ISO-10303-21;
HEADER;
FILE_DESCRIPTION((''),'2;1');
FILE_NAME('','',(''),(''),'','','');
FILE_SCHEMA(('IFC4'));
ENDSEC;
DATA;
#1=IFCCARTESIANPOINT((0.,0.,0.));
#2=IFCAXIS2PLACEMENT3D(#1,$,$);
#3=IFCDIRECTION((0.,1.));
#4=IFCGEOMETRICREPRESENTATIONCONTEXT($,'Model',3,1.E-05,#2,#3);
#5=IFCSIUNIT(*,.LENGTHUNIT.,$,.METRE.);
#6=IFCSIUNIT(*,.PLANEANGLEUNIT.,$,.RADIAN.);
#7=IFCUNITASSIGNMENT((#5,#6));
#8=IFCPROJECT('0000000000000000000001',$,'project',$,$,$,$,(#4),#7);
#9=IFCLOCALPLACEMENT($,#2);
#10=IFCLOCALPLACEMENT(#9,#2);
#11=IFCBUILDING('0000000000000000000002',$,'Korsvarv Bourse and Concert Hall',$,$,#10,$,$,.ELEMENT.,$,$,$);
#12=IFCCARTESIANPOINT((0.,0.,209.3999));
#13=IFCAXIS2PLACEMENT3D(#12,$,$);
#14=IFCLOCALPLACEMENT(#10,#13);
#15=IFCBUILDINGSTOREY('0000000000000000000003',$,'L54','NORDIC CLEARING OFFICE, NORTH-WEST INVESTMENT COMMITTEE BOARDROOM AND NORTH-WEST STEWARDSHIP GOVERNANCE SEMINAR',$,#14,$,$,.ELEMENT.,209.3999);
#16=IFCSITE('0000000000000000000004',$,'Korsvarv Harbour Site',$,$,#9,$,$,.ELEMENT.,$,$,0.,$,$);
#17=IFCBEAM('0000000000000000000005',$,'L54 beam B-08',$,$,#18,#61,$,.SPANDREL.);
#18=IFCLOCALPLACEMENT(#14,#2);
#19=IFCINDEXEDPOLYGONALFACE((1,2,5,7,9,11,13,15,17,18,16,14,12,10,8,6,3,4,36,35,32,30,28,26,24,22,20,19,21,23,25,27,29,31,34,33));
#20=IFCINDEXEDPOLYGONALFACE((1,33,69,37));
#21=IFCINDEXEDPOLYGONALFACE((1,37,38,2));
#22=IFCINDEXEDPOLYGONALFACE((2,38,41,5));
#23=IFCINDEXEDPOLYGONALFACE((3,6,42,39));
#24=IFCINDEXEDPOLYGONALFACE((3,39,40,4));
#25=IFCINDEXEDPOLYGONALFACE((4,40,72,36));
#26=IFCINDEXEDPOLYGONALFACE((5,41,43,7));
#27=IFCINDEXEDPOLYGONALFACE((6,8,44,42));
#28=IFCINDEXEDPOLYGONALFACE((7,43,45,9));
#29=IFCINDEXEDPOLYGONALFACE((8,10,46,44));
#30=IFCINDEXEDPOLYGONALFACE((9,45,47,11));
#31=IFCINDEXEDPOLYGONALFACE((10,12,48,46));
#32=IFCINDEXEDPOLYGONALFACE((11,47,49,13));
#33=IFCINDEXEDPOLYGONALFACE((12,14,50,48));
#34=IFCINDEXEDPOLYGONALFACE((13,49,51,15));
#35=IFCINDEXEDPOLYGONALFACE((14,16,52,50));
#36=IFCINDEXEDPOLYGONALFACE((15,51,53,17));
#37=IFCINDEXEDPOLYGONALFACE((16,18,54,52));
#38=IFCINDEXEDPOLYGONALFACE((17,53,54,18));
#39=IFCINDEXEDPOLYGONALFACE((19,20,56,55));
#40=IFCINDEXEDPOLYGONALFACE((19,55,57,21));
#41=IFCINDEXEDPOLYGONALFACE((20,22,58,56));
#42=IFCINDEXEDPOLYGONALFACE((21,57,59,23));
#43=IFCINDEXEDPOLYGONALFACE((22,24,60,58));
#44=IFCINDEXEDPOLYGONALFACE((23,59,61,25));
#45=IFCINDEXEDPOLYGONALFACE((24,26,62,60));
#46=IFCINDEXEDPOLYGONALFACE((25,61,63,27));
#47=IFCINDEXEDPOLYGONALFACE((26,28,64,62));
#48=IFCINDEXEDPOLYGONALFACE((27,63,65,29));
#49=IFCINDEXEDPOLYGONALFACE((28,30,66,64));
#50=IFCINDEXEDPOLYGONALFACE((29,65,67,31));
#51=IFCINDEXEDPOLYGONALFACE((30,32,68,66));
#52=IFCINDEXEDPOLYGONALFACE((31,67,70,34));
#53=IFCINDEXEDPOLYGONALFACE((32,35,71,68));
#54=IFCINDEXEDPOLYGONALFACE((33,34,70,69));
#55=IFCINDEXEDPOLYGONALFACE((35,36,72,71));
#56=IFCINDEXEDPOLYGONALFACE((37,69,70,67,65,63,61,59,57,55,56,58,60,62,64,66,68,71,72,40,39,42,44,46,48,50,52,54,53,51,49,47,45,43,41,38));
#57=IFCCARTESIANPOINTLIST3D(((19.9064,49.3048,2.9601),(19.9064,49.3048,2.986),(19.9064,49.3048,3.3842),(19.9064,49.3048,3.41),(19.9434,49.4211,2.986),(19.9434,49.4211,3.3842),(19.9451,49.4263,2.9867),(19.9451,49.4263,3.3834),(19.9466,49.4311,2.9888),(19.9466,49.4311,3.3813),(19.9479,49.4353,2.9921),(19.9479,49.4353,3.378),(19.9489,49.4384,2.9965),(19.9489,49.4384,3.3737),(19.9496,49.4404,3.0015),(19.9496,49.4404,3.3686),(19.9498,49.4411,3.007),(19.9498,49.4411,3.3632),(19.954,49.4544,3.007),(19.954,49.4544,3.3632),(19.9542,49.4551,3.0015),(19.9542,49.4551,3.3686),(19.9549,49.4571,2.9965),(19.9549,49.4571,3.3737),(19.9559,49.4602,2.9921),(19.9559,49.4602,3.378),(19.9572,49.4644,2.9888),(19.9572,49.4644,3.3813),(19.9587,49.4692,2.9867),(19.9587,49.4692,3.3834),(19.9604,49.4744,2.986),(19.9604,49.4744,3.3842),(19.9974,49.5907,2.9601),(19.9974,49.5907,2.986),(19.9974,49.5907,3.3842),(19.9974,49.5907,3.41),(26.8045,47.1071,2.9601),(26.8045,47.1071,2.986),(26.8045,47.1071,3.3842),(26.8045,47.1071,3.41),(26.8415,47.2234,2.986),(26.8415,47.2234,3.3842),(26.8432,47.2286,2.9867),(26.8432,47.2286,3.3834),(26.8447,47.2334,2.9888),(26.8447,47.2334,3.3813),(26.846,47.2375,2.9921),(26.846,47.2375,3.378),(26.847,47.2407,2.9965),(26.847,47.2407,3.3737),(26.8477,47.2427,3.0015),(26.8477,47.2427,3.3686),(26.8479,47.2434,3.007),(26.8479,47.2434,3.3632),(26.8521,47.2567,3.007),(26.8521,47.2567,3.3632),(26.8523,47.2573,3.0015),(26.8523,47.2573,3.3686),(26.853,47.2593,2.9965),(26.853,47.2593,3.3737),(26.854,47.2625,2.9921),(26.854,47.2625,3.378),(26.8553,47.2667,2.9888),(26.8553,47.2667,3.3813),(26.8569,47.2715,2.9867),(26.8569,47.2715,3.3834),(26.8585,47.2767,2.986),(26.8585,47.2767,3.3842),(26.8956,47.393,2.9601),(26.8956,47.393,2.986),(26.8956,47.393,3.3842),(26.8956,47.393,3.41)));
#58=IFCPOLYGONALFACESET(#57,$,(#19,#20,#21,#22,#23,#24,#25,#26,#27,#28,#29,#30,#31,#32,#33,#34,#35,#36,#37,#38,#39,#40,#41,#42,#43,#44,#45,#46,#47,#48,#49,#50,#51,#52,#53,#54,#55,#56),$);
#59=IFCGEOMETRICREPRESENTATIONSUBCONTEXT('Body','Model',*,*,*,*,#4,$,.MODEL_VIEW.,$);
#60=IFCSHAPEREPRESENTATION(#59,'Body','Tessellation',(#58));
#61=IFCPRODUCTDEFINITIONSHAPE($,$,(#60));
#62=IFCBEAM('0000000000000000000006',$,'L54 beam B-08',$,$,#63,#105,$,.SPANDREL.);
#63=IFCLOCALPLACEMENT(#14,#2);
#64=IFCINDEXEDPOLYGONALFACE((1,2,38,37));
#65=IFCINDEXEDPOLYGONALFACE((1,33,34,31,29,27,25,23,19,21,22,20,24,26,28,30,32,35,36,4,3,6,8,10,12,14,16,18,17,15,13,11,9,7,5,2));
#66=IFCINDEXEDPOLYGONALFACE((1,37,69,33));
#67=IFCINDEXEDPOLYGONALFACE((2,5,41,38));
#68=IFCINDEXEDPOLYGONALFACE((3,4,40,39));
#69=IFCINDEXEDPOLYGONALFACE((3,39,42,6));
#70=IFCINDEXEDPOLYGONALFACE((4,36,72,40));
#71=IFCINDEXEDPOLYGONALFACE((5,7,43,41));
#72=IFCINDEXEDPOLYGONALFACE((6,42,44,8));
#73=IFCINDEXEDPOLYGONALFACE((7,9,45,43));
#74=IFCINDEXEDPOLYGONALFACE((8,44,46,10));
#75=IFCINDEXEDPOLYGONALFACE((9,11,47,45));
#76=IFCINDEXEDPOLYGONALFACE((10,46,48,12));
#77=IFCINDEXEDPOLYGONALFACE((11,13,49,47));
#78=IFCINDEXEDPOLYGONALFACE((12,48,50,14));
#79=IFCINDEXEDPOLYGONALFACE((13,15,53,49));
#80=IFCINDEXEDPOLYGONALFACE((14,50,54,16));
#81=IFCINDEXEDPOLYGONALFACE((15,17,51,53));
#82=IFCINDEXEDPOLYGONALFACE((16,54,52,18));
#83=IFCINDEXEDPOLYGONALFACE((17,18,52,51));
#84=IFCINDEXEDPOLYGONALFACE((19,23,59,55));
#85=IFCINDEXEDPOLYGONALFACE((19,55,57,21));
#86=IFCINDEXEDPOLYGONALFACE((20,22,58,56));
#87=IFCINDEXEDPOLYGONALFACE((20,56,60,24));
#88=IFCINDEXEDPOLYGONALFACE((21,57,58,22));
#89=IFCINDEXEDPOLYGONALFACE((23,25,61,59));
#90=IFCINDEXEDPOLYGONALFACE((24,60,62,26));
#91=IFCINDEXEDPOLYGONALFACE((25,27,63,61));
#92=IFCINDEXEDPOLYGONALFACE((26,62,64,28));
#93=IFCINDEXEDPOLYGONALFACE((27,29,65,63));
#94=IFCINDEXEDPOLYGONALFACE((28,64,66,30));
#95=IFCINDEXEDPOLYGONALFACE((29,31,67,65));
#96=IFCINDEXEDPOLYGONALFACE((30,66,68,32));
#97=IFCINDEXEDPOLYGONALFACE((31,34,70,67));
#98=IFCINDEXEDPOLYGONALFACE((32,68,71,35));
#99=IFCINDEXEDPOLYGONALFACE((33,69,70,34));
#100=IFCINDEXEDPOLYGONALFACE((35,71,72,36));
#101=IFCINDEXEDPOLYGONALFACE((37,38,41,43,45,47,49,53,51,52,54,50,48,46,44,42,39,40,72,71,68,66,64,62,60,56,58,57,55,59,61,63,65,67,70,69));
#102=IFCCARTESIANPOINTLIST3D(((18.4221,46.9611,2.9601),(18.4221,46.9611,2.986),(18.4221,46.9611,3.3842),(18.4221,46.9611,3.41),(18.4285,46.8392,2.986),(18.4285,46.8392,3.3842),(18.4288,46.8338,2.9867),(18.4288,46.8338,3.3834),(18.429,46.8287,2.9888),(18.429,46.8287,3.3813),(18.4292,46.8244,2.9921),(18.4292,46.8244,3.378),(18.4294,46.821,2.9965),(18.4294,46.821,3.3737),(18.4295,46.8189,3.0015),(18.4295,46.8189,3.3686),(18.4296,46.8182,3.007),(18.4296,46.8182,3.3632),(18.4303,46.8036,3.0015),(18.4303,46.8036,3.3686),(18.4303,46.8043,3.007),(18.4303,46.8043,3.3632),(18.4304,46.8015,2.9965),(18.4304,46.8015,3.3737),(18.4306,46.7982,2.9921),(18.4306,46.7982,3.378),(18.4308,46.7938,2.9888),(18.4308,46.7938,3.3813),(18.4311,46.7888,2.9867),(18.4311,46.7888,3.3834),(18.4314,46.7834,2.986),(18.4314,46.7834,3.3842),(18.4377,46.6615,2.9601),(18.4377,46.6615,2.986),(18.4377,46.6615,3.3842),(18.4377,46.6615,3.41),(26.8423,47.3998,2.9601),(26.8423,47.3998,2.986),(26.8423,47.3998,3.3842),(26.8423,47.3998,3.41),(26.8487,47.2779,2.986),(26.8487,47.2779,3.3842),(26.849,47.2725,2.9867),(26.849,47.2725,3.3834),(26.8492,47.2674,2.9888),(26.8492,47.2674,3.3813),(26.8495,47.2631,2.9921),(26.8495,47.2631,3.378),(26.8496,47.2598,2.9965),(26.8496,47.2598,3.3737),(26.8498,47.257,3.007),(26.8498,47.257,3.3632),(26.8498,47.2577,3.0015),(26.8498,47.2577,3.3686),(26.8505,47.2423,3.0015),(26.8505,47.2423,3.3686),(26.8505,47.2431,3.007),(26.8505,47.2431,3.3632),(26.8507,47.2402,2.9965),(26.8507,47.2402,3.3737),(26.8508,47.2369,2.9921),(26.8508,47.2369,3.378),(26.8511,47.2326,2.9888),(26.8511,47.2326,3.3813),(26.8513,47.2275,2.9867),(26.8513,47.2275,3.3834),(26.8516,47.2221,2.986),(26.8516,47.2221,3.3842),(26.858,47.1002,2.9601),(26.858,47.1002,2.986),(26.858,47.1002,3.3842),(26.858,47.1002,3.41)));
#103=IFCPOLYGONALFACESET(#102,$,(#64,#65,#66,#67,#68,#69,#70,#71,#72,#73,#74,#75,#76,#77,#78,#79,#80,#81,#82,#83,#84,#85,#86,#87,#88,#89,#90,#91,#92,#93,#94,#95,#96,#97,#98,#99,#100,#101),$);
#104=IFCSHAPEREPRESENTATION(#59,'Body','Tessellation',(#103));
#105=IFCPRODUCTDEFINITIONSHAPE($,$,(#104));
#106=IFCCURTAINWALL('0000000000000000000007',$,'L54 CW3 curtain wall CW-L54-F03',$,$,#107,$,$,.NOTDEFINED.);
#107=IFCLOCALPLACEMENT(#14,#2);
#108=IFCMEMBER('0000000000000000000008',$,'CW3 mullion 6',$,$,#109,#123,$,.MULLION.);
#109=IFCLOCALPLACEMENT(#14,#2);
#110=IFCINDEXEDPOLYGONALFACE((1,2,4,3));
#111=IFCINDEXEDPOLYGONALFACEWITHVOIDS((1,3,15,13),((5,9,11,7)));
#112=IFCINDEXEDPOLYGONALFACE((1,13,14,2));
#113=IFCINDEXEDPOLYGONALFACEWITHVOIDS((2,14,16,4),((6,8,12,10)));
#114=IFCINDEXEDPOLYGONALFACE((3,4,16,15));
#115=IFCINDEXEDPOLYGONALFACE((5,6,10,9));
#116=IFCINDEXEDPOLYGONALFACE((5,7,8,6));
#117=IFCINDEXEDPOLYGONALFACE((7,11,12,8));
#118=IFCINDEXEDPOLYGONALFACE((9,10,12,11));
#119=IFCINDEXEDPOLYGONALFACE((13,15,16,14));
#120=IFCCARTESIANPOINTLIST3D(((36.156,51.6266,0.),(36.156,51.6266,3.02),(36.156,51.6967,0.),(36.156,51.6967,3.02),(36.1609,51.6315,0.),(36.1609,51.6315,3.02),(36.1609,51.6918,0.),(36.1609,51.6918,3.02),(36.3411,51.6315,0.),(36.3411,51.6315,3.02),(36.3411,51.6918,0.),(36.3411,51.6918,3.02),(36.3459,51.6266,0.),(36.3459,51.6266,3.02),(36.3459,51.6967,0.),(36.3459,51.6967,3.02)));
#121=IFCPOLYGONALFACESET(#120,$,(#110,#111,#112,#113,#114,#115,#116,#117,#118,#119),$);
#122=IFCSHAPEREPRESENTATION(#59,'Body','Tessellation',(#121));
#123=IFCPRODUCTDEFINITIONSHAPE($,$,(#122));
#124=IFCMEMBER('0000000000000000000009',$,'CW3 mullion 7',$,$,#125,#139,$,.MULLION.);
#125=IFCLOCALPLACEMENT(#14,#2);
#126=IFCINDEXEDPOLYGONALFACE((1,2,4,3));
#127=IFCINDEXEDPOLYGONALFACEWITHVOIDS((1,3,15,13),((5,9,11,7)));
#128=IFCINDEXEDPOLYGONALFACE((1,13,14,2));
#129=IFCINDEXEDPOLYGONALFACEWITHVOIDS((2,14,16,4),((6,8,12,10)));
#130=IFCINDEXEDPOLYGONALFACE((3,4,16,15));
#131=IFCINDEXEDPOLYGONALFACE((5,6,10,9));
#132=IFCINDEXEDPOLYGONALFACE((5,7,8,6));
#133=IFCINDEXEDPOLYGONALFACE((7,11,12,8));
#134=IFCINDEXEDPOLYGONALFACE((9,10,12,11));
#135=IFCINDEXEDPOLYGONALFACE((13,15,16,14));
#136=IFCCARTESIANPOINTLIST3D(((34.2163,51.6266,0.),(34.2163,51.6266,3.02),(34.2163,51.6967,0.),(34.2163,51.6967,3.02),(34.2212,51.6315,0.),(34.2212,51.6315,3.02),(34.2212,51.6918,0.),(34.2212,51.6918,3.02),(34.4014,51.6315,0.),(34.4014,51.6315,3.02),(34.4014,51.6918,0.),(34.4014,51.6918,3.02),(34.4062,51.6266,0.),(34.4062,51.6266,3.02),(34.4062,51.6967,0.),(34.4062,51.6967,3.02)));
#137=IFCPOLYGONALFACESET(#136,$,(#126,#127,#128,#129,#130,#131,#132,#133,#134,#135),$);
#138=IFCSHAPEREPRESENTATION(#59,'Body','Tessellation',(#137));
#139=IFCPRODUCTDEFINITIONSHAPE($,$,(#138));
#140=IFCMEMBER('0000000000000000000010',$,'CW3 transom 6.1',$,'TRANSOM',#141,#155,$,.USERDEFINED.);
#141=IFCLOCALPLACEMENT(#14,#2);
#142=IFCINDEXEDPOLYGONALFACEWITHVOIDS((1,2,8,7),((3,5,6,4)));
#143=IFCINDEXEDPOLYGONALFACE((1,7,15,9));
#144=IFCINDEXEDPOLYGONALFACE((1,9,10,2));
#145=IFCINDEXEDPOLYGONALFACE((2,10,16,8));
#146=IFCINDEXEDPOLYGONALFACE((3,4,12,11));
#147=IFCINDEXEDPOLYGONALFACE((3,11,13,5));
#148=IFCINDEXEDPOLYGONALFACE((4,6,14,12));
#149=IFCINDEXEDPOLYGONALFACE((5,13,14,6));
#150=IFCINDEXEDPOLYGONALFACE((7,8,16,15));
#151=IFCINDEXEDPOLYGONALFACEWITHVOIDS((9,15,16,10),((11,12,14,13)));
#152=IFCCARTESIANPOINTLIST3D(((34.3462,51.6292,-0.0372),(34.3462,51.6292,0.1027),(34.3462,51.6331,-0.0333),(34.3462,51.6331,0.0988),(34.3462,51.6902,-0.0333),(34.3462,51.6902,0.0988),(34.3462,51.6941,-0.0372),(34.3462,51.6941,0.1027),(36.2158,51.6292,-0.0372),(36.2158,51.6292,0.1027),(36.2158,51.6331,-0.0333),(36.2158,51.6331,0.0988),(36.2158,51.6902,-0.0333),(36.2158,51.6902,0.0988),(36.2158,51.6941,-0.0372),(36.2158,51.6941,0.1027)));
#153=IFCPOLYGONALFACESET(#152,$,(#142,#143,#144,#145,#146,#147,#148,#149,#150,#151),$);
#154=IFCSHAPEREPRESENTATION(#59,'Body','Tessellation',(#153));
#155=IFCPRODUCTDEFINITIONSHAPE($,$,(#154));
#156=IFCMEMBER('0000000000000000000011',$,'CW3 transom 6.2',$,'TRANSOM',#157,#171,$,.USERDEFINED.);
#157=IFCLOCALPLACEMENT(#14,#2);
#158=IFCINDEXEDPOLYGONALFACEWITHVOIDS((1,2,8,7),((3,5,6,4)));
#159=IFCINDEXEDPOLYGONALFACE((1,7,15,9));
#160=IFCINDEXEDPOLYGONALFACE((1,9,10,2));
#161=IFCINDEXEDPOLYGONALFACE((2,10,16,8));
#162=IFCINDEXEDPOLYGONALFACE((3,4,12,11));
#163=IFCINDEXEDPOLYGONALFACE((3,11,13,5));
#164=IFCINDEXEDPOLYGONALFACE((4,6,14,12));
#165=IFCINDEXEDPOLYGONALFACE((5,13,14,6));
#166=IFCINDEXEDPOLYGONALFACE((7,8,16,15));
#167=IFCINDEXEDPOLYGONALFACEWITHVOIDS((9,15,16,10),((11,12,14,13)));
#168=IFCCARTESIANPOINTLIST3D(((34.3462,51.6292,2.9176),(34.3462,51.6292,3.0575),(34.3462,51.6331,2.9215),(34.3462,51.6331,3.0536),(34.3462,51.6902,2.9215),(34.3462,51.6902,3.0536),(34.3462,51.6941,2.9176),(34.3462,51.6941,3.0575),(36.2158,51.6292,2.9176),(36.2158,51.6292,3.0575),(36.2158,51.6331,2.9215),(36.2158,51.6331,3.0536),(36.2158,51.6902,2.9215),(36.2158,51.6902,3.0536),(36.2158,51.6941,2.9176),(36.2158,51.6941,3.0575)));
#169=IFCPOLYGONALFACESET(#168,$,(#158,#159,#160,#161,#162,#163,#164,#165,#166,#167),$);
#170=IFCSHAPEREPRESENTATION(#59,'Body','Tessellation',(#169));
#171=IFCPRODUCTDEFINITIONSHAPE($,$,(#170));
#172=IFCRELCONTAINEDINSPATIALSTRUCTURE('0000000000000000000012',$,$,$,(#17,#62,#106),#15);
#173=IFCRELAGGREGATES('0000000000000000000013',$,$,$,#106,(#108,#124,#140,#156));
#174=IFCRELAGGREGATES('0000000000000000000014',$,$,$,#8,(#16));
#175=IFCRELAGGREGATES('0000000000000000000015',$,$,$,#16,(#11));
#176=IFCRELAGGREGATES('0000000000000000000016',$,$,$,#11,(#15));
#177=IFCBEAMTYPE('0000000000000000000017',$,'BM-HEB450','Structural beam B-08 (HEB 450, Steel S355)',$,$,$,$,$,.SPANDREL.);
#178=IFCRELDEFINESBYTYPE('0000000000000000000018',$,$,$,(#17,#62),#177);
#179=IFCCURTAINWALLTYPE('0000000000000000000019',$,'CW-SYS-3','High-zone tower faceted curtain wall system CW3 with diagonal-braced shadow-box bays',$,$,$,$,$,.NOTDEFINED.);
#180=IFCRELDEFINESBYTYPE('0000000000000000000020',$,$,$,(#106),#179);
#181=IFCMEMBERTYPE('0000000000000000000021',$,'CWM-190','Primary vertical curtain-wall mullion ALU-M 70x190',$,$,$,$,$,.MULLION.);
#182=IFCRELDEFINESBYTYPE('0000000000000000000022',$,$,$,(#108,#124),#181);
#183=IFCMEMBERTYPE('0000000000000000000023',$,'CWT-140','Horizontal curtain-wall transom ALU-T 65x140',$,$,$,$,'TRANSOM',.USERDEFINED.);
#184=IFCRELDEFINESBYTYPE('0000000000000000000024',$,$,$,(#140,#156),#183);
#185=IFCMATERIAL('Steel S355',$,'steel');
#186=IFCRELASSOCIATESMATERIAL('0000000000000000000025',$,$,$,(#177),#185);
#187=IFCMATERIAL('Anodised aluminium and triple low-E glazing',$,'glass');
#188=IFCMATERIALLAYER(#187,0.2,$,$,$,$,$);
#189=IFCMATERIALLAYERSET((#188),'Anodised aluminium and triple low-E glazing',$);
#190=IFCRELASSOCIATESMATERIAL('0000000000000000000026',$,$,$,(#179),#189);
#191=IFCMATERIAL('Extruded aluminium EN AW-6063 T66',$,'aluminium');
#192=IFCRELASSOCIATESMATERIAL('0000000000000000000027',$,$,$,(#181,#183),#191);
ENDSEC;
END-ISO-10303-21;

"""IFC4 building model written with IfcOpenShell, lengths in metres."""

from ifc_helpers import new_model, si_unit, direction, frame, origin, origin_2d, place, context, subcontext, project, spatial, hollow_rectangle, i_section, extrude, source, transform, mapped, material, layer, layer_set, material_profile, profile_set, type_object, element, aggregate, save


model = new_model("IFC4")

# Units and contexts
model_context = context("Model", 3, precision=1e-05, world=origin(), true_north=direction((0.0, 1.0)))
body_context = subcontext(model_context, "Body", "Model", "MODEL_VIEW")
ifc_project = project(units=[si_unit("LENGTHUNIT", "METRE"), si_unit("PLANEANGLEUNIT", "RADIAN")], contexts=[model_context])

# Site, building, storey
site_placement = place(None, origin())
site = spatial("IfcSite", under=ifc_project, at=site_placement, Name="Korsvarv Harbour Site", CompositionType="ELEMENT", RefElevation=0.0)
building_placement = place(site_placement, origin())
building = spatial("IfcBuilding", under=site, at=building_placement, Name="Korsvarv Bourse and Concert Hall", CompositionType="ELEMENT")
storey_placement = place(building_placement, frame((0.0, 0.0, 209.3999)))
storey = spatial("IfcBuildingStorey", under=building, at=storey_placement, Name="L54", Description="NORDIC CLEARING OFFICE, NORTH-WEST INVESTMENT COMMITTEE BOARDROOM AND NORTH-WEST STEWARDSHIP GOVERNANCE SEMINAR", CompositionType="ELEMENT", Elevation=209.3999)

# Shared definitions
ifc_material_1 = material(Name="Steel S355", Category="steel")

# Beams
ifc_material_profile_1 = material_profile(ifc_material_1, i_section(OverallWidth=0.3, OverallDepth=0.45, WebThickness=0.0139, FlangeThickness=0.0259, FilletRadius=0.021, at=origin_2d()), Name="HEB 450")
ifc_profile_set_1 = profile_set([ifc_material_profile_1], Name="Steel S355")
beam_type_1 = type_object("IfcBeamType", Name="BM-HEB450", Description="Structural beam B-08 (HEB 450, Steel S355)", PredefinedType="SPANDREL", material=ifc_profile_set_1)
shared_shape_1 = source(origin(), body_context, "Body", "SweptSolid", [
    extrude(i_section(OverallWidth=0.3, OverallDepth=0.45, WebThickness=0.0139, FlangeThickness=0.0259, FilletRadius=0.021, at=origin_2d()), origin(), (0.0, 0.0, 1.0), 7.2397),
])
beam_1_placement = place(storey_placement, frame((19.9519, 49.4478, 3.1851), z_axis=(0.952811, -0.303564, 0.0), x_axis=(0.303564, 0.952811, 0.0)))
element("IfcBeam", 1, at=beam_1_placement, inside=storey, type_object=beam_type_1, Name="L54 beam B-08", PredefinedType="SPANDREL", context=body_context, shape_type="MappedRepresentation", body=[
    mapped(shared_shape_1, transform((0.0, 0.0, 0.0), scale=1.0)),
])
shared_shape_2 = source(origin(), body_context, "Body", "SweptSolid", [
    extrude(i_section(OverallWidth=0.3, OverallDepth=0.45, WebThickness=0.0139, FlangeThickness=0.0259, FilletRadius=0.021, at=origin_2d()), origin(), (0.0, 0.0, 1.0), 8.4316),
])
beam_2_placement = place(storey_placement, frame((18.4299, 46.8113, 3.1851), z_axis=(0.998645, 0.052033, 0.0), x_axis=(-0.052033, 0.998645, 0.0)))
element("IfcBeam", 2, at=beam_2_placement, inside=storey, type_object=beam_type_1, Name="L54 beam B-08", PredefinedType="SPANDREL", context=body_context, shape_type="MappedRepresentation", body=[
    mapped(shared_shape_2, transform((0.0, 0.0, 0.0), scale=1.0)),
])

# Curtain wall, members
ifc_material_2 = material(Name="Anodised aluminium and triple low-E glazing", Category="glass")
ifc_layer_1 = layer(ifc_material_2, 0.2)
ifc_layer_set_1 = layer_set([ifc_layer_1], Name="Anodised aluminium and triple low-E glazing")
curtain_wall_type = type_object("IfcCurtainWallType", Name="CW-SYS-3", Description="High-zone tower faceted curtain wall system CW3 with diagonal-braced shadow-box bays", PredefinedType="NOTDEFINED", material=ifc_layer_set_1)
curtain_wall_placement = place(storey_placement, origin())
curtain_wall = element("IfcCurtainWall", 3, at=curtain_wall_placement, inside=storey, type_object=curtain_wall_type, Name="L54 CW3 curtain wall CW-L54-F03", PredefinedType="NOTDEFINED")
ifc_material_3 = material(Name="Extruded aluminium EN AW-6063 T66", Category="aluminium")
ifc_material_profile_2 = material_profile(ifc_material_3, hollow_rectangle(XDim=0.0701, YDim=0.1899, WallThickness=0.0049, at=origin_2d()), Name="ALU-M 70x190")
ifc_profile_set_2 = profile_set([ifc_material_profile_2], Name="Extruded aluminium EN AW-6063 T66")
member_type_1 = type_object("IfcMemberType", Name="CWM-190", Description="Primary vertical curtain-wall mullion ALU-M 70x190", PredefinedType="MULLION", material=ifc_profile_set_2)
shared_shape_3 = source(origin(), body_context, "Body", "SweptSolid", [
    extrude(hollow_rectangle(XDim=0.0701, YDim=0.1899, WallThickness=0.0049, at=origin_2d()), origin(), (0.0, 0.0, 1.0), 3.02),
])
member_1_placement = place(storey_placement, frame((36.251, 51.6616, 0.0), z_axis=(0.0, 0.0, 1.0), x_axis=(0.0, -1.0, 0.0)))
member_1 = element("IfcMember", 4, at=member_1_placement, type_object=member_type_1, Name="CW3 mullion 6", PredefinedType="MULLION", context=body_context, shape_type="MappedRepresentation", body=[
    mapped(shared_shape_3, transform((0.0, 0.0, 0.0), scale=1.0)),
])
member_2_placement = place(storey_placement, frame((34.3113, 51.6616, 0.0), z_axis=(0.0, 0.0, 1.0), x_axis=(0.0, -1.0, 0.0)))
member_2 = element("IfcMember", 5, at=member_2_placement, type_object=member_type_1, Name="CW3 mullion 7", PredefinedType="MULLION", context=body_context, shape_type="MappedRepresentation", body=[
    mapped(shared_shape_3, transform((0.0, 0.0, 0.0), scale=1.0)),
])
ifc_material_profile_3 = material_profile(ifc_material_3, hollow_rectangle(XDim=0.0649, YDim=0.1399, WallThickness=0.0039, at=origin_2d()), Name="ALU-T 65x140")
ifc_profile_set_3 = profile_set([ifc_material_profile_3], Name="Extruded aluminium EN AW-6063 T66")
member_type_2 = type_object("IfcMemberType", Name="CWT-140", Description="Horizontal curtain-wall transom ALU-T 65x140", ElementType="TRANSOM", PredefinedType="USERDEFINED", material=ifc_profile_set_3)
shared_shape_4 = source(origin(), body_context, "Body", "SweptSolid", [
    extrude(hollow_rectangle(XDim=0.0649, YDim=0.1399, WallThickness=0.0039, at=origin_2d()), origin(), (0.0, 0.0, 1.0), 1.8696),
])
member_3_placement = place(storey_placement, frame((36.2158, 51.6616, 0.0327), z_axis=(-1.0, 0.0, 0.0), x_axis=(0.0, -1.0, 0.0)))
member_3 = element("IfcMember", 6, at=member_3_placement, type_object=member_type_2, Name="CW3 transom 6.1", ObjectType="TRANSOM", PredefinedType="USERDEFINED", context=body_context, shape_type="MappedRepresentation", body=[
    mapped(shared_shape_4, transform((0.0, 0.0, 0.0), scale=1.0)),
])
member_4_placement = place(storey_placement, frame((36.2158, 51.6616, 2.9875), z_axis=(-1.0, 0.0, 0.0), x_axis=(0.0, -1.0, 0.0)))
member_4 = element("IfcMember", 7, at=member_4_placement, type_object=member_type_2, Name="CW3 transom 6.2", ObjectType="TRANSOM", PredefinedType="USERDEFINED", context=body_context, shape_type="MappedRepresentation", body=[
    mapped(shared_shape_4, transform((0.0, 0.0, 0.0), scale=1.0)),
])
aggregate(curtain_wall, [member_1, member_2, member_3, member_4])

save(model, "model.ifc")
